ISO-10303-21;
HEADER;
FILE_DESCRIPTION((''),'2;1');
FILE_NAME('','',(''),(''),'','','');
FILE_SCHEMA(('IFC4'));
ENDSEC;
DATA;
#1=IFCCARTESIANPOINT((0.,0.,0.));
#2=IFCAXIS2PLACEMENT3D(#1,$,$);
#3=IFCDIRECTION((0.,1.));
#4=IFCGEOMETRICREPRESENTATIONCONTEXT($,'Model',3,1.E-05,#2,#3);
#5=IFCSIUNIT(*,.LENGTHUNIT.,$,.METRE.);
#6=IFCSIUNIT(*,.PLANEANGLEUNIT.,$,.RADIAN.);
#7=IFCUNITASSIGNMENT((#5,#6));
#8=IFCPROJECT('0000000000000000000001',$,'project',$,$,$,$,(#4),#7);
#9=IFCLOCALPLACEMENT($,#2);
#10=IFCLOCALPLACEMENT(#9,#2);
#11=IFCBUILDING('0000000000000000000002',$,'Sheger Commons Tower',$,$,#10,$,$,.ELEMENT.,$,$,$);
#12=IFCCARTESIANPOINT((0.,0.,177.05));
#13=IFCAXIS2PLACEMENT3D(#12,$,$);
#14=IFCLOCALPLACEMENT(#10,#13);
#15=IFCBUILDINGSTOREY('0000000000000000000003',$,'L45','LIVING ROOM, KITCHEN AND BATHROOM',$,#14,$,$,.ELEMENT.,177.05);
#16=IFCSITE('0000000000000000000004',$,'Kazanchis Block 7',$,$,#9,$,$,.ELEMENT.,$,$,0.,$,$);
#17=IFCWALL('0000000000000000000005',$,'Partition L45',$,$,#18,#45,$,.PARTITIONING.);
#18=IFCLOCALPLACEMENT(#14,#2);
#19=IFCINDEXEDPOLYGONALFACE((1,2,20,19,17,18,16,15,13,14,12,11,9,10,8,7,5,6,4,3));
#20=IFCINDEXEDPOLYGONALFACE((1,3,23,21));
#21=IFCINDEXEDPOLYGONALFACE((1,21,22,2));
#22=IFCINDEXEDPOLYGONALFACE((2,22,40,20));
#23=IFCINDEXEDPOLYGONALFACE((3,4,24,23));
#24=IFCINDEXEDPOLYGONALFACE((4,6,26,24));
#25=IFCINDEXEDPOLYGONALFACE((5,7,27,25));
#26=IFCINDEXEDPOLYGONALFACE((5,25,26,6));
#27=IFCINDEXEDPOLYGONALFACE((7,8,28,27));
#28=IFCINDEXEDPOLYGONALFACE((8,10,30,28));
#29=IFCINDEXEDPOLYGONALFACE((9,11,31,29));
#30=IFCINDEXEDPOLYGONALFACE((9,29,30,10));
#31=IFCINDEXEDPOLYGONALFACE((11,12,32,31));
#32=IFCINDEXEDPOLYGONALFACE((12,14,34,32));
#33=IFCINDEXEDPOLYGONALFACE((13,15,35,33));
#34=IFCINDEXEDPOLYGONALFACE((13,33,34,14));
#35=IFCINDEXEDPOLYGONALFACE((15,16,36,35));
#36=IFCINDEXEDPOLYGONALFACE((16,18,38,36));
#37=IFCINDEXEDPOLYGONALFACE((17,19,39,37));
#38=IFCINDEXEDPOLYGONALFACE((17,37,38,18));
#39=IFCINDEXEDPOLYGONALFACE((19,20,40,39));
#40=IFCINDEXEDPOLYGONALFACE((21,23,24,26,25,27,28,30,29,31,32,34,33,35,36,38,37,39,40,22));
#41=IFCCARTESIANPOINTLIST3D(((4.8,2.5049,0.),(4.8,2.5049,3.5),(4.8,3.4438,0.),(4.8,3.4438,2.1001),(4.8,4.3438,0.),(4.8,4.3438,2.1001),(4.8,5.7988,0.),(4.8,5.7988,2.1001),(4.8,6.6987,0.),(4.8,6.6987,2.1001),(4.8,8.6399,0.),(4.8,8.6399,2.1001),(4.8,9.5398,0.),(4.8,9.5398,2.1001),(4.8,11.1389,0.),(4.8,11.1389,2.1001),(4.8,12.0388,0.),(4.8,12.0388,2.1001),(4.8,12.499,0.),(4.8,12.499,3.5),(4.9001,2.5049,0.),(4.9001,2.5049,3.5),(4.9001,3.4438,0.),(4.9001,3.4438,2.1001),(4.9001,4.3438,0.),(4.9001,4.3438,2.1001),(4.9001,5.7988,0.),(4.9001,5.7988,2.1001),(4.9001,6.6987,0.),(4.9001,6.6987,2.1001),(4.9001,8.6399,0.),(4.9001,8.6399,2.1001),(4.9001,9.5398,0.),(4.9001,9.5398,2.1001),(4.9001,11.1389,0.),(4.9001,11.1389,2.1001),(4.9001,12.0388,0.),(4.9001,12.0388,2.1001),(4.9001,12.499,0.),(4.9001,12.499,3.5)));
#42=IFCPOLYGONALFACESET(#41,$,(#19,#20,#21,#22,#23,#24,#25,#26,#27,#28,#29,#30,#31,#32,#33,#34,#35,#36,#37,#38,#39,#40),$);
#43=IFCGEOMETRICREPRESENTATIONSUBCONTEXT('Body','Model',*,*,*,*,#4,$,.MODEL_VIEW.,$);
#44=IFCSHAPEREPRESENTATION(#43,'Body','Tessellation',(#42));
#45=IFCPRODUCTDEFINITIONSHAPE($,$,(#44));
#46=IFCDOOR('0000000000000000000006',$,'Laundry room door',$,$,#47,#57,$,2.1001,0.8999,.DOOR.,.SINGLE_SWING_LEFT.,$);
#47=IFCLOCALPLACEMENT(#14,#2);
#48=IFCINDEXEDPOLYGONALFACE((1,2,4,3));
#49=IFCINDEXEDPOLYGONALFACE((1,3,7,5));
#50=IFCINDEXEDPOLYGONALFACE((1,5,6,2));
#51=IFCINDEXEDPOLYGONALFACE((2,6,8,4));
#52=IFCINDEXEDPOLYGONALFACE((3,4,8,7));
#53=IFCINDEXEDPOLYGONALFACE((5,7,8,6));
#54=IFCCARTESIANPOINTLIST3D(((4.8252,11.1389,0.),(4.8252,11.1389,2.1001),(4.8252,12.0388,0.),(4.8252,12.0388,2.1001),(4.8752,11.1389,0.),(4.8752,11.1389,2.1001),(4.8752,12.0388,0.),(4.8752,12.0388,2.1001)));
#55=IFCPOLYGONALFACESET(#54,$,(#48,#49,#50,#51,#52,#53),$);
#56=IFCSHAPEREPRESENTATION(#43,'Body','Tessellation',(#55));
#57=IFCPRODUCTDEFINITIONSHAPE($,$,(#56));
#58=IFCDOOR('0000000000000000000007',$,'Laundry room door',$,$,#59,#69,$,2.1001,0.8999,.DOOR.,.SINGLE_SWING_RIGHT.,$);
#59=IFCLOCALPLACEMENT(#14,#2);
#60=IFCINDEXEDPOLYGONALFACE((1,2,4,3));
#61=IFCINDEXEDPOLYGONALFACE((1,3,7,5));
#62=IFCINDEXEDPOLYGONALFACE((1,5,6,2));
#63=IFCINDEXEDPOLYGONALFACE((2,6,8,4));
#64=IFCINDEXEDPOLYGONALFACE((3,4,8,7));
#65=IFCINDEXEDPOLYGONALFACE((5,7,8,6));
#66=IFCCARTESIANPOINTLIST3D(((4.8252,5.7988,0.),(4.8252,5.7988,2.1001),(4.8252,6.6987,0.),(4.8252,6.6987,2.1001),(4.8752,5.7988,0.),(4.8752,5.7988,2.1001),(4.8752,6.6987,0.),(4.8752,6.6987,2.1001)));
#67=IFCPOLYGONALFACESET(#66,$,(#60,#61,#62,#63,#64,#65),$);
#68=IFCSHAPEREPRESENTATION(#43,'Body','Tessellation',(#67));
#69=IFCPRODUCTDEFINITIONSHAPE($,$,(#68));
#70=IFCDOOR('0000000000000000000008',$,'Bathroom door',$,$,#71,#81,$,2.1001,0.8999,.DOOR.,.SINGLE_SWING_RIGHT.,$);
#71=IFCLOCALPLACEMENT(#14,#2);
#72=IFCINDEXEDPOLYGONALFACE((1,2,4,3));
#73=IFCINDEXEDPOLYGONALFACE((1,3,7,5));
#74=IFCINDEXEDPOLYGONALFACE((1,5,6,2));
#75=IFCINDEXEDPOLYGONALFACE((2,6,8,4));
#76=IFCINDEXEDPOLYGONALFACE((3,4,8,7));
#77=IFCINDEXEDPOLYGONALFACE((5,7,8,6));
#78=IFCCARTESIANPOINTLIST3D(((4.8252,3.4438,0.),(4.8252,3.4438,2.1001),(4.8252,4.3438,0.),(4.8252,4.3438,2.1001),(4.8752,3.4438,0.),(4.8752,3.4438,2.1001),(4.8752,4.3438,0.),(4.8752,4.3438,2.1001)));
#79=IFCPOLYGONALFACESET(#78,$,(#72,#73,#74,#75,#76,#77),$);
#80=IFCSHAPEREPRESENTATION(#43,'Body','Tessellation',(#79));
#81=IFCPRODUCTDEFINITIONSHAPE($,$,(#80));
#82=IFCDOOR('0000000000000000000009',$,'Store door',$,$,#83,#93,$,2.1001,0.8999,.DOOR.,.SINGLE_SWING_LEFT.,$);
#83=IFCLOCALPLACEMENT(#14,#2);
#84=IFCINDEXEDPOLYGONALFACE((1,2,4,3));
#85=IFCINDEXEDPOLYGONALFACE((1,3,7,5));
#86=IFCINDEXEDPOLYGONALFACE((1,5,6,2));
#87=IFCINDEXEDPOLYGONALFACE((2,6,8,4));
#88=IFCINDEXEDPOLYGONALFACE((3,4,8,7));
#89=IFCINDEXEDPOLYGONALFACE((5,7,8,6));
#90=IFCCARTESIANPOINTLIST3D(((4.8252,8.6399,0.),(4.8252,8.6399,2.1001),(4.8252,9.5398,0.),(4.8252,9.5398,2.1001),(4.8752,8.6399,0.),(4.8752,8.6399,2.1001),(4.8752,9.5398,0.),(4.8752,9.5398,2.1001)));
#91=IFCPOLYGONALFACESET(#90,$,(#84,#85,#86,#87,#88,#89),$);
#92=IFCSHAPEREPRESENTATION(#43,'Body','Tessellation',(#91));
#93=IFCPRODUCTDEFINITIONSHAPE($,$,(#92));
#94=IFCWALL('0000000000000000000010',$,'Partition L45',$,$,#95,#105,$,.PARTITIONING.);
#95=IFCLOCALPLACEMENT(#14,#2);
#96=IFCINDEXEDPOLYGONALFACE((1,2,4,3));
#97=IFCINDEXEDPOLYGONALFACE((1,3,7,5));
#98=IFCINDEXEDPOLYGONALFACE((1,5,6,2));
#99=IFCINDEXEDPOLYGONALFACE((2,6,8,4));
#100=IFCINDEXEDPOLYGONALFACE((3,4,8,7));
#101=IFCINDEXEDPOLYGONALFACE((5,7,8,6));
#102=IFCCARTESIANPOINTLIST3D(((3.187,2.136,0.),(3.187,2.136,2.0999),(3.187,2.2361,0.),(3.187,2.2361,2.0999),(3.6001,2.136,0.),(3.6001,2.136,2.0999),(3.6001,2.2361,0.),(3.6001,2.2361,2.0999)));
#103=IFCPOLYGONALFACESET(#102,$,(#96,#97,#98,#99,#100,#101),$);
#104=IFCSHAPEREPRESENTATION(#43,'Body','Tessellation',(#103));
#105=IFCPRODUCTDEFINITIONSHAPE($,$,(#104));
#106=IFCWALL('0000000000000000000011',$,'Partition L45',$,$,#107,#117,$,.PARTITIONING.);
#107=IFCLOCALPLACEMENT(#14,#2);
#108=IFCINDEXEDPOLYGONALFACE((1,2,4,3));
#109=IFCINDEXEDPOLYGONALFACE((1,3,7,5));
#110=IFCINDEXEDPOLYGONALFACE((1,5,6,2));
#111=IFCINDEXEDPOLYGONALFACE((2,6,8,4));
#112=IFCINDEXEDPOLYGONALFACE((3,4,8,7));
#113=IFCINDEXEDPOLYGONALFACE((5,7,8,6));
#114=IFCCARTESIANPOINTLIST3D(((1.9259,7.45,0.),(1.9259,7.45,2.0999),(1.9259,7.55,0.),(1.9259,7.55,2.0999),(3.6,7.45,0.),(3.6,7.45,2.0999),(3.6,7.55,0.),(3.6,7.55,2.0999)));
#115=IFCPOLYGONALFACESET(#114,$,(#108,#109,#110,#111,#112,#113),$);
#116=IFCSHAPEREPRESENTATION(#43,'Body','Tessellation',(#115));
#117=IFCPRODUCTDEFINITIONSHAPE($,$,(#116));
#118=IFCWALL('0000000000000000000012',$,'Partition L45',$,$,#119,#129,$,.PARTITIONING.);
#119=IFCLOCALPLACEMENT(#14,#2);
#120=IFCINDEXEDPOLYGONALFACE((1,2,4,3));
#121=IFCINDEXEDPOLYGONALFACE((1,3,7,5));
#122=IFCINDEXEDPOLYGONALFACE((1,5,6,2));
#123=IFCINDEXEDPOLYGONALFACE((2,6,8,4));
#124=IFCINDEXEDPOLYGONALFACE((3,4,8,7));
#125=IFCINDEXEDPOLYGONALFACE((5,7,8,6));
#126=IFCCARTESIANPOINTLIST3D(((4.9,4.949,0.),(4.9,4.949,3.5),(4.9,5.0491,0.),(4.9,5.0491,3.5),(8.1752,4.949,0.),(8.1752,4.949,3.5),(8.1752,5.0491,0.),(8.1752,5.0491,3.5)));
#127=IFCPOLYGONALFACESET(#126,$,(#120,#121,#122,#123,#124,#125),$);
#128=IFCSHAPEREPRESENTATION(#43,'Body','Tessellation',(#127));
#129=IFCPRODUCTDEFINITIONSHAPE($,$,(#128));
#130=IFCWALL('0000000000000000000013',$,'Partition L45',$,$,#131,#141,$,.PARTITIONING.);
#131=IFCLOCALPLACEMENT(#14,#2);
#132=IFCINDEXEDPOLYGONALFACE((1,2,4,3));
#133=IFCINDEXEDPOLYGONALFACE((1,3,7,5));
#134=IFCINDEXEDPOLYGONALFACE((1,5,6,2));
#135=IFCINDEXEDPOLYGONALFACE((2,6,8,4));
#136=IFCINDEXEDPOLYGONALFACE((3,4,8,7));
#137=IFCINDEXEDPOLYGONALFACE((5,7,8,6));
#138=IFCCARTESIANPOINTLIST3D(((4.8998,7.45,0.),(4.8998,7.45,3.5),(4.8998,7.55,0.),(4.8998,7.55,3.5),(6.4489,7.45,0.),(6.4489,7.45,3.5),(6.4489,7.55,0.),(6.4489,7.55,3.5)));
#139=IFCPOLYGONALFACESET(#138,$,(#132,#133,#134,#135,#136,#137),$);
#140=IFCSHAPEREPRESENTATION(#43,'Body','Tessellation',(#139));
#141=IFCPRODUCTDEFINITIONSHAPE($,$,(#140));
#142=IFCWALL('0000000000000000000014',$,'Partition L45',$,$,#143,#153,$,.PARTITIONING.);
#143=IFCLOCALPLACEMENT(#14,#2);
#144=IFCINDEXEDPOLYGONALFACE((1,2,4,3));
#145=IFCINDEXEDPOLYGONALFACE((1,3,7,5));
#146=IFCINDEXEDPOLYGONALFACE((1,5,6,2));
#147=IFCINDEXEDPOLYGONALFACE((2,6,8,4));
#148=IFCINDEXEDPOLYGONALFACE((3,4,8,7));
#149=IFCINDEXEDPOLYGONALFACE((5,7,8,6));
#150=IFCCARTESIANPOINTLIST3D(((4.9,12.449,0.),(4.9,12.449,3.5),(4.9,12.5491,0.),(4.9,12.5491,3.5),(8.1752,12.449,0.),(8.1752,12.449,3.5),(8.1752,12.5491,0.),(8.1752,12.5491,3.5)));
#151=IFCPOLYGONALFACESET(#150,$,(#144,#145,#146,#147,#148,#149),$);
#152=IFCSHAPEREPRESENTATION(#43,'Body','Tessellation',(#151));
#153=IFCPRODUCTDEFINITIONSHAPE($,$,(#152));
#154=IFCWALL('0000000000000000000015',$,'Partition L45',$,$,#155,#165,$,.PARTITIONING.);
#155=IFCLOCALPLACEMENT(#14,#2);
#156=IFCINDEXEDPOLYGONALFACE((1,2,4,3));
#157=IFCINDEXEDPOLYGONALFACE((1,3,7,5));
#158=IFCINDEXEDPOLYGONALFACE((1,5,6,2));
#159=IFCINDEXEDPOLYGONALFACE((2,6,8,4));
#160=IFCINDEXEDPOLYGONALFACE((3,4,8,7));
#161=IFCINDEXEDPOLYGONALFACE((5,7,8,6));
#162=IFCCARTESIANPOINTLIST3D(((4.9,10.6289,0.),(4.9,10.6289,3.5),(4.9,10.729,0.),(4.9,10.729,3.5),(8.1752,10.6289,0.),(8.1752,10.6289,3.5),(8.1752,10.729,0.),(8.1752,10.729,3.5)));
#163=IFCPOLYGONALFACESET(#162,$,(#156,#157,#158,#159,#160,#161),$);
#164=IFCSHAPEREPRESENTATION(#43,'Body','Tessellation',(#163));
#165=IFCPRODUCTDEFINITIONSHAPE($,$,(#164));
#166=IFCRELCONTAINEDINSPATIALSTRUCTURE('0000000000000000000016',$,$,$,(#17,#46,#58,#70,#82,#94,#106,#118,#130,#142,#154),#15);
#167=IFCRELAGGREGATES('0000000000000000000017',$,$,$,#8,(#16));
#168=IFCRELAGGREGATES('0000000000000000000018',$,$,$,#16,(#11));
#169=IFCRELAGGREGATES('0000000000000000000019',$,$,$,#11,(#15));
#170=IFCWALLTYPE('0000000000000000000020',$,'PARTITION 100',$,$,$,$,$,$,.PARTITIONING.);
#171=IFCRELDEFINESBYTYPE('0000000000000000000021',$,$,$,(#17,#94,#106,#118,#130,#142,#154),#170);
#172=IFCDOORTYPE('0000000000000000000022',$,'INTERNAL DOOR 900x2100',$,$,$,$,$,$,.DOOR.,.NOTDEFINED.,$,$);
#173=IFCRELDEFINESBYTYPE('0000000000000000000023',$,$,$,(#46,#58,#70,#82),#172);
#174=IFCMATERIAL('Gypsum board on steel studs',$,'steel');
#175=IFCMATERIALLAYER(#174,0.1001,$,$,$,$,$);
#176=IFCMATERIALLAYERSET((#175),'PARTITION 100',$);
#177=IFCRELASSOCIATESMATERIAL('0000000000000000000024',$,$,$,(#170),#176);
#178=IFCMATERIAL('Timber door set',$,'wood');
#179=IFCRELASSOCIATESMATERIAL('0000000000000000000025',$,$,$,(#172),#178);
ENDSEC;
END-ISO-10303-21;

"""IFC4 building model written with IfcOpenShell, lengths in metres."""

from ifc_helpers import new_model, si_unit, direction, frame, frame_2d, origin, place, context, subcontext, project, spatial, rectangle, extrude, material, layer, layer_set, type_object, element, fill, save


model = new_model("IFC4")

# Units and contexts
model_context = context("Model", 3, precision=1e-05, world=origin(), true_north=direction((0.0, 1.0)))
body_context = subcontext(model_context, "Body", "Model", "MODEL_VIEW")
ifc_project = project(units=[si_unit("LENGTHUNIT", "METRE"), si_unit("PLANEANGLEUNIT", "RADIAN")], contexts=[model_context])

# Site, building, storey
site_placement = place(None, origin())
site = spatial("IfcSite", under=ifc_project, at=site_placement, Name="Kazanchis Block 7", CompositionType="ELEMENT", RefElevation=0.0)
building_placement = place(site_placement, origin())
building = spatial("IfcBuilding", under=site, at=building_placement, Name="Sheger Commons Tower", CompositionType="ELEMENT")
storey_placement = place(building_placement, frame((0.0, 0.0, 177.05)))
storey = spatial("IfcBuildingStorey", under=building, at=storey_placement, Name="L45", Description="LIVING ROOM, KITCHEN AND BATHROOM", CompositionType="ELEMENT", Elevation=177.05)

# Wall, openings, doors
ifc_material_1 = material(Name="Gypsum board on steel studs", Category="steel")
ifc_layer = layer(ifc_material_1, 0.1001)
ifc_layer_set = layer_set([ifc_layer], Name="PARTITION 100")
wall_type = type_object("IfcWallType", Name="PARTITION 100", PredefinedType="PARTITIONING", material=ifc_layer_set)
ifc_material_2 = material(Name="Timber door set", Category="wood")
door_type = type_object("IfcDoorType", Name="INTERNAL DOOR 900x2100", OperationType="NOTDEFINED", PredefinedType="DOOR", material=ifc_material_2)
wall_1_placement = place(storey_placement, frame((4.8501, 2.5049, 0.0), z_axis=(0.0, 0.0, 1.0), x_axis=(0.0, 1.0, 0.0)))
wall_1 = element("IfcWall", 1, at=wall_1_placement, inside=storey, type_object=wall_type, Name="Partition L45", PredefinedType="PARTITIONING", context=body_context, shape_type="SweptSolid", body=[
    extrude(rectangle(XDim=9.9941, YDim=0.1001, at=frame_2d((4.9971, 0.0))), origin(), (0.0, 0.0, 1.0), 3.5),
])
opening_1_placement = place(wall_1_placement, frame((8.634, 0.0, 0.0)))
opening_1 = element("IfcOpeningElement", 2, at=opening_1_placement, cuts=wall_1, PredefinedType="OPENING", context=body_context, shape_type="SweptSolid", body=[
    extrude(rectangle(XDim=0.8999, YDim=2.1001, at=frame_2d((0.45, 1.05))), frame((0.0, 0.0601, 0.0), z_axis=(0.0, -1.0, 0.0), x_axis=(1.0, 0.0, 0.0)), (0.0, 0.0, 1.0), 0.1201),
])
opening_2_placement = place(wall_1_placement, frame((3.2939, 0.0, 0.0)))
opening_2 = element("IfcOpeningElement", 3, at=opening_2_placement, cuts=wall_1, PredefinedType="OPENING", context=body_context, shape_type="SweptSolid", body=[
    extrude(rectangle(XDim=0.8999, YDim=2.1001, at=frame_2d((0.45, 1.05))), frame((0.0, 0.0601, 0.0), z_axis=(0.0, -1.0, 0.0), x_axis=(1.0, 0.0, 0.0)), (0.0, 0.0, 1.0), 0.1201),
])
opening_3_placement = place(wall_1_placement, frame((0.939, 0.0, 0.0)))
opening_3 = element("IfcOpeningElement", 4, at=opening_3_placement, cuts=wall_1, PredefinedType="OPENING", context=body_context, shape_type="SweptSolid", body=[
    extrude(rectangle(XDim=0.8999, YDim=2.1001, at=frame_2d((0.45, 1.05))), frame((0.0, 0.0601, 0.0), z_axis=(0.0, -1.0, 0.0), x_axis=(1.0, 0.0, 0.0)), (0.0, 0.0, 1.0), 0.1201),
])
opening_4_placement = place(wall_1_placement, frame((6.135, 0.0, 0.0)))
opening_4 = element("IfcOpeningElement", 5, at=opening_4_placement, cuts=wall_1, PredefinedType="OPENING", context=body_context, shape_type="SweptSolid", body=[
    extrude(rectangle(XDim=0.8999, YDim=2.1001, at=frame_2d((0.45, 1.05))), frame((0.0, 0.0601, 0.0), z_axis=(0.0, -1.0, 0.0), x_axis=(1.0, 0.0, 0.0)), (0.0, 0.0, 1.0), 0.1201),
])
door_1_placement = place(opening_1_placement, origin())
door_1 = element("IfcDoor", 6, at=door_1_placement, inside=storey, type_object=door_type, Name="Laundry room door", OperationType="SINGLE_SWING_LEFT", OverallHeight=2.1001, OverallWidth=0.8999, PredefinedType="DOOR", context=body_context, shape_type="SweptSolid", body=[
    extrude(rectangle(XDim=0.8999, YDim=2.1001, at=frame_2d((0.45, 1.05))), frame((0.0, 0.0249, 0.0), z_axis=(0.0, -1.0, 0.0), x_axis=(1.0, 0.0, 0.0)), (0.0, 0.0, 1.0), 0.05),
])
fill(opening_1, door_1)
door_2_placement = place(opening_2_placement, origin())
door_2 = element("IfcDoor", 7, at=door_2_placement, inside=storey, type_object=door_type, Name="Laundry room door", OperationType="SINGLE_SWING_RIGHT", OverallHeight=2.1001, OverallWidth=0.8999, PredefinedType="DOOR", context=body_context, shape_type="SweptSolid", body=[
    extrude(rectangle(XDim=0.8999, YDim=2.1001, at=frame_2d((0.45, 1.05))), frame((0.0, 0.0249, 0.0), z_axis=(0.0, -1.0, 0.0), x_axis=(1.0, 0.0, 0.0)), (0.0, 0.0, 1.0), 0.05),
])
fill(opening_2, door_2)
door_3_placement = place(opening_3_placement, origin())
door_3 = element("IfcDoor", 8, at=door_3_placement, inside=storey, type_object=door_type, Name="Bathroom door", OperationType="SINGLE_SWING_RIGHT", OverallHeight=2.1001, OverallWidth=0.8999, PredefinedType="DOOR", context=body_context, shape_type="SweptSolid", body=[
    extrude(rectangle(XDim=0.8999, YDim=2.1001, at=frame_2d((0.45, 1.05))), frame((0.0, 0.0249, 0.0), z_axis=(0.0, -1.0, 0.0), x_axis=(1.0, 0.0, 0.0)), (0.0, 0.0, 1.0), 0.05),
])
fill(opening_3, door_3)
door_4_placement = place(opening_4_placement, origin())
door_4 = element("IfcDoor", 9, at=door_4_placement, inside=storey, type_object=door_type, Name="Store door", OperationType="SINGLE_SWING_LEFT", OverallHeight=2.1001, OverallWidth=0.8999, PredefinedType="DOOR", context=body_context, shape_type="SweptSolid", body=[
    extrude(rectangle(XDim=0.8999, YDim=2.1001, at=frame_2d((0.45, 1.05))), frame((0.0, 0.0249, 0.0), z_axis=(0.0, -1.0, 0.0), x_axis=(1.0, 0.0, 0.0)), (0.0, 0.0, 1.0), 0.05),
])
fill(opening_4, door_4)

# Walls
wall_2_placement = place(storey_placement, frame((3.187, 2.186, 0.0), z_axis=(0.0, 0.0, 1.0), x_axis=(1.0, 0.0, 0.0)))
element("IfcWall", 10, at=wall_2_placement, inside=storey, type_object=wall_type, Name="Partition L45", PredefinedType="PARTITIONING", context=body_context, shape_type="SweptSolid", body=[
    extrude(rectangle(XDim=0.4131, YDim=0.1001, at=frame_2d((0.2065, 0.0))), origin(), (0.0, 0.0, 1.0), 2.0999),
])
wall_3_placement = place(storey_placement, frame((1.926, 7.5, 0.0), z_axis=(0.0, 0.0, 1.0), x_axis=(1.0, 0.0, 0.0)))
element("IfcWall", 11, at=wall_3_placement, inside=storey, type_object=wall_type, Name="Partition L45", PredefinedType="PARTITIONING", context=body_context, shape_type="SweptSolid", body=[
    extrude(rectangle(XDim=1.6741, YDim=0.1001, at=frame_2d((0.8369, 0.0))), origin(), (0.0, 0.0, 1.0), 2.0999),
])
wall_4_placement = place(storey_placement, frame((4.8999, 4.999, 0.0), z_axis=(0.0, 0.0, 1.0), x_axis=(1.0, 0.0, 0.0)))
element("IfcWall", 12, at=wall_4_placement, inside=storey, type_object=wall_type, Name="Partition L45", PredefinedType="PARTITIONING", context=body_context, shape_type="SweptSolid", body=[
    extrude(rectangle(XDim=3.2751, YDim=0.1001, at=frame_2d((1.6377, 0.0))), origin(), (0.0, 0.0, 1.0), 3.5),
])
wall_5_placement = place(storey_placement, frame((4.8999, 7.5, 0.0), z_axis=(0.0, 0.0, 1.0), x_axis=(1.0, 0.0, 0.0)))
element("IfcWall", 13, at=wall_5_placement, inside=storey, type_object=wall_type, Name="Partition L45", PredefinedType="PARTITIONING", context=body_context, shape_type="SweptSolid", body=[
    extrude(rectangle(XDim=1.5491, YDim=0.1001, at=frame_2d((0.7744, 0.0))), origin(), (0.0, 0.0, 1.0), 3.5),
])
for number, where, z_axis, x_axis, name in (
    (14, (4.8999, 12.499, 0.0), (0.0, 0.0, 1.0), (1.0, 0.0, 0.0), "Partition L45"),
    (15, (4.8999, 10.679, 0.0), (0.0, 0.0, 1.0), (1.0, 0.0, 0.0), "Partition L45"),
):
    element("IfcWall", number, at=place(storey_placement, frame(where, z_axis=z_axis, x_axis=x_axis)), inside=storey, type_object=wall_type, Name=name, PredefinedType="PARTITIONING", context=body_context, shape_type="SweptSolid", body=[
        extrude(rectangle(XDim=3.2751, YDim=0.1001, at=frame_2d((1.6377, 0.0))), origin(), (0.0, 0.0, 1.0), 3.5),
    ])

save(model, "model.ifc")
